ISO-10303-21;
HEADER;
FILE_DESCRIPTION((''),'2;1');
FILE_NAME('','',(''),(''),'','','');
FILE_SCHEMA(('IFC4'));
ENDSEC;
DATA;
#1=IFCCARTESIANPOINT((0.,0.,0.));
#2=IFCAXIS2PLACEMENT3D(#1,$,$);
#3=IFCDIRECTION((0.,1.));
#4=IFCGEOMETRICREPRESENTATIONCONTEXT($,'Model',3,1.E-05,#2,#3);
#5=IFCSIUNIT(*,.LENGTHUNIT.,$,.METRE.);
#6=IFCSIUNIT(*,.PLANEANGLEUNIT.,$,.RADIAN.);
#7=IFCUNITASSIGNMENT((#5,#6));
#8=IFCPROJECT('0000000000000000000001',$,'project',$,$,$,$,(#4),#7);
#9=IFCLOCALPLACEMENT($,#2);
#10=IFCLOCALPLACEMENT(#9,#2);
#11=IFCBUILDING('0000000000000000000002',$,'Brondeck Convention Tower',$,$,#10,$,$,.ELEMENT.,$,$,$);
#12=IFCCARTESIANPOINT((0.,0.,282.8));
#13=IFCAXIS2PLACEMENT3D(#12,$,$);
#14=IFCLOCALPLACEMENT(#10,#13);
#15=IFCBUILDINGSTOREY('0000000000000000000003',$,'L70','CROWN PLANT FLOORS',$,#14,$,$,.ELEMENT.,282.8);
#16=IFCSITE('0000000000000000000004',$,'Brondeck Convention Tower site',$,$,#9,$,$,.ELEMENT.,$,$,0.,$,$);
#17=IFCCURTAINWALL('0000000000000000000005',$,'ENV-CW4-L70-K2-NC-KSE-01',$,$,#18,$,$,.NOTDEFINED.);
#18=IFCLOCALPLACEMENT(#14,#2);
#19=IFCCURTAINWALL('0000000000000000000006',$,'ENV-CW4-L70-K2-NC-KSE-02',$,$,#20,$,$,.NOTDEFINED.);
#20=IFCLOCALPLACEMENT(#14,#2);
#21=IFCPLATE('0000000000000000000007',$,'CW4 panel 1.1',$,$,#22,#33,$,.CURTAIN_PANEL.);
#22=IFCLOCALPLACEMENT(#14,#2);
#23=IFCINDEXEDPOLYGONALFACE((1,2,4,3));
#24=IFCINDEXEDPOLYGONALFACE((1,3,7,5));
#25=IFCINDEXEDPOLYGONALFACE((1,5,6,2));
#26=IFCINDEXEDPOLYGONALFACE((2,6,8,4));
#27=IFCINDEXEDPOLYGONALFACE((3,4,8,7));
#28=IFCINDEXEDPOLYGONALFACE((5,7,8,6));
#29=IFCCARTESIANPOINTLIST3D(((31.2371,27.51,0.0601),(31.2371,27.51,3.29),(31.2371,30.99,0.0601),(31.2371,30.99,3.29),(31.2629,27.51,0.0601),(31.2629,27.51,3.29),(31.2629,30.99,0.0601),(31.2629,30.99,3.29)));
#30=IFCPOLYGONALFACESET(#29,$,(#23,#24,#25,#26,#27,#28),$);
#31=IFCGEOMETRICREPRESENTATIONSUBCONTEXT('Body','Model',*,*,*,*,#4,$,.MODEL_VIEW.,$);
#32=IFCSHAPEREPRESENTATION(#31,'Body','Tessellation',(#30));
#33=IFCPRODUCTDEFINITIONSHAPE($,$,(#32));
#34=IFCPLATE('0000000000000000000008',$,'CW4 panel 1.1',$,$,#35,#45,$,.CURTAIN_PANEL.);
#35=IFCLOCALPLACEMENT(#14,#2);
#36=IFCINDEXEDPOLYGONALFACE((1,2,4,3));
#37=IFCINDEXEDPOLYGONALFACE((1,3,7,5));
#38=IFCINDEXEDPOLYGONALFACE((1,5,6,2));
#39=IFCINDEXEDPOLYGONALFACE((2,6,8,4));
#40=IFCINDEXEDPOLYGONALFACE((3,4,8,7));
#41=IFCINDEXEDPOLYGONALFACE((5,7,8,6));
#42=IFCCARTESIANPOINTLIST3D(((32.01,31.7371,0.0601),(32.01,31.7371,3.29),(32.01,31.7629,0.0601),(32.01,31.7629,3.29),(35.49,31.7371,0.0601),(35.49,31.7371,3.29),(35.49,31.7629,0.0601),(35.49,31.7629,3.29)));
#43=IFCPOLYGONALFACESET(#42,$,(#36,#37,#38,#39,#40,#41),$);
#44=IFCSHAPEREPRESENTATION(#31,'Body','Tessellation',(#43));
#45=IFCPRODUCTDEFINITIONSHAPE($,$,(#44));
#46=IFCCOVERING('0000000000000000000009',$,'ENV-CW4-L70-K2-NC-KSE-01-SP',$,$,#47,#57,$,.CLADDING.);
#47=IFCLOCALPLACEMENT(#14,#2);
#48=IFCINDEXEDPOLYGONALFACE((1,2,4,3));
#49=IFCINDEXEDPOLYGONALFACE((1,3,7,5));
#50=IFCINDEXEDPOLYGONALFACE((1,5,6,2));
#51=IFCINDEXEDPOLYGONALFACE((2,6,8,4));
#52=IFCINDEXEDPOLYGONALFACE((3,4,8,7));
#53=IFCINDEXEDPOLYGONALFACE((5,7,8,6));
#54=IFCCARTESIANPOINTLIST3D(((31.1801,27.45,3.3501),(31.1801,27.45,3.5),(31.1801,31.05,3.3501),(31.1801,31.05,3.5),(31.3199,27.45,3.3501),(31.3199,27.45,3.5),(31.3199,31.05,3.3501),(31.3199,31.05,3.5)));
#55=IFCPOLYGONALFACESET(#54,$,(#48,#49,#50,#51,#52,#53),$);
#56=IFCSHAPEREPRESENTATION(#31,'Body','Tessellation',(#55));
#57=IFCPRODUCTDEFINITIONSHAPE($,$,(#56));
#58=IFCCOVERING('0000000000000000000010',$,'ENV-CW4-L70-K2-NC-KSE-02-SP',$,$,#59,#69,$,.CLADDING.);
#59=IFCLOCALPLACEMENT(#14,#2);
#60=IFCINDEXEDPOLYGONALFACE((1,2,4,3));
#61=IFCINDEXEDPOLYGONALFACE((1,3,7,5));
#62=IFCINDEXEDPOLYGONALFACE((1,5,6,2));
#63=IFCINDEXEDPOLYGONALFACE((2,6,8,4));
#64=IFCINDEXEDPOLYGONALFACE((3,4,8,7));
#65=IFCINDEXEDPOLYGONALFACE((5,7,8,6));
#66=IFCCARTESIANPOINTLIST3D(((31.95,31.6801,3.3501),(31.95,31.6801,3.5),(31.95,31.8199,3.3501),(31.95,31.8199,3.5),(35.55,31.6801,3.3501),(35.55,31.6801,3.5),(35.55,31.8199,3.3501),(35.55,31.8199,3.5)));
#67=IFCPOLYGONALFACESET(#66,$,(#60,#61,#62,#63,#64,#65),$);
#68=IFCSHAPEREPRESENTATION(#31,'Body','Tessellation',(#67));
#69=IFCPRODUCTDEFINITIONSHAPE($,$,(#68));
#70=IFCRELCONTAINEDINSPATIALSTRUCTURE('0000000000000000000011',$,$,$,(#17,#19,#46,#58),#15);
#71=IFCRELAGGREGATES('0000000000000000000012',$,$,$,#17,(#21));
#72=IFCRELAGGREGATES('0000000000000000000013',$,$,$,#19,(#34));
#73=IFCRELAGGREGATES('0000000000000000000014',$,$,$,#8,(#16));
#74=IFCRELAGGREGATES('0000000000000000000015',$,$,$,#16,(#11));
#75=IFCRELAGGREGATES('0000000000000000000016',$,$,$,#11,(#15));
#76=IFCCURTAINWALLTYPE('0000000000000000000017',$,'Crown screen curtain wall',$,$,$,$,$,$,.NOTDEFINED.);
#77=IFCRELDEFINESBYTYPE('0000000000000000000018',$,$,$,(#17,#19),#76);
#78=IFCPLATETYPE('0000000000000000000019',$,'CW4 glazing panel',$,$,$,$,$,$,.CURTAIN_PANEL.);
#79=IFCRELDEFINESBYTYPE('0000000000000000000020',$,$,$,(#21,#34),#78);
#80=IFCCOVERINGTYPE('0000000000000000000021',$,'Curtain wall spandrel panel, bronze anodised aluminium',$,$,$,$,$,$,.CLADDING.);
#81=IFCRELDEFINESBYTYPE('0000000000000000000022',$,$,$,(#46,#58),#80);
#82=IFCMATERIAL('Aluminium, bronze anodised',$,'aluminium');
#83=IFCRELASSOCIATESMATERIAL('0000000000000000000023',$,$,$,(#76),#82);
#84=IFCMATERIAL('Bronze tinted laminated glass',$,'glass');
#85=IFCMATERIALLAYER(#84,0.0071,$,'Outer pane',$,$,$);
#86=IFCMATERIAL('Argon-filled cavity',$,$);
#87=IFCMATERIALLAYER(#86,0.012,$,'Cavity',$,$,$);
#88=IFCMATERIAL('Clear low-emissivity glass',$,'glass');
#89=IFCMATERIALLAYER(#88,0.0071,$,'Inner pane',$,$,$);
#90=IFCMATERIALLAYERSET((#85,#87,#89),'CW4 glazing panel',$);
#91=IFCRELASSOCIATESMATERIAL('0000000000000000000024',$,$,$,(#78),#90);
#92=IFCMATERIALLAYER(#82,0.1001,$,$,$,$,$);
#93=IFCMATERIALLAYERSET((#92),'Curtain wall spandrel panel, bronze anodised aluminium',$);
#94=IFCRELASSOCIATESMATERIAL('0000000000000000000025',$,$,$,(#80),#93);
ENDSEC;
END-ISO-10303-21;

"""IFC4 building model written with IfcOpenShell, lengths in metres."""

from ifc_helpers import new_model, si_unit, direction, frame, origin, origin_2d, place, context, subcontext, project, spatial, rectangle, extrude, material, layer, layer_set, type_object, element, aggregate, save


model = new_model("IFC4")

# Units and contexts
model_context = context("Model", 3, precision=1e-05, world=origin(), true_north=direction((0.0, 1.0)))
body_context = subcontext(model_context, "Body", "Model", "MODEL_VIEW")
ifc_project = project(units=[si_unit("LENGTHUNIT", "METRE"), si_unit("PLANEANGLEUNIT", "RADIAN")], contexts=[model_context])

# Site, building, storey
site_placement = place(None, origin())
site = spatial("IfcSite", under=ifc_project, at=site_placement, Name="Brondeck Convention Tower site", CompositionType="ELEMENT", RefElevation=0.0)
building_placement = place(site_placement, origin())
building = spatial("IfcBuilding", under=site, at=building_placement, Name="Brondeck Convention Tower", CompositionType="ELEMENT")
storey_placement = place(building_placement, frame((0.0, 0.0, 282.8)))
storey = spatial("IfcBuildingStorey", under=building, at=storey_placement, Name="L70", Description="CROWN PLANT FLOORS", CompositionType="ELEMENT", Elevation=282.8)

# Shared definitions
ifc_material_1 = material(Name="Aluminium, bronze anodised", Category="aluminium")
curtain_wall_type = type_object("IfcCurtainWallType", Name="Crown screen curtain wall", PredefinedType="NOTDEFINED", material=ifc_material_1)

# Curtain wall
curtain_wall_1_placement = place(storey_placement, origin())
curtain_wall_1 = element("IfcCurtainWall", 1, at=curtain_wall_1_placement, inside=storey, type_object=curtain_wall_type, Name="ENV-CW4-L70-K2-NC-KSE-01", PredefinedType="NOTDEFINED")

# Curtain wall
curtain_wall_2_placement = place(storey_placement, origin())
curtain_wall_2 = element("IfcCurtainWall", 2, at=curtain_wall_2_placement, inside=storey, type_object=curtain_wall_type, Name="ENV-CW4-L70-K2-NC-KSE-02", PredefinedType="NOTDEFINED")

# Plates
ifc_material_2 = material(Name="Bronze tinted laminated glass", Category="glass")
ifc_layer_1 = layer(ifc_material_2, 0.0071, Name="Outer pane")
ifc_material_3 = material(Name="Argon-filled cavity")
ifc_layer_2 = layer(ifc_material_3, 0.012, Name="Cavity")
ifc_material_4 = material(Name="Clear low-emissivity glass", Category="glass")
ifc_layer_3 = layer(ifc_material_4, 0.0071, Name="Inner pane")
ifc_layer_set_1 = layer_set([ifc_layer_1, ifc_layer_2, ifc_layer_3], Name="CW4 glazing panel")
plate_type = type_object("IfcPlateType", Name="CW4 glazing panel", PredefinedType="CURTAIN_PANEL", material=ifc_layer_set_1)
plate_1_placement = place(storey_placement, frame((31.25, 29.25, 0.0601), z_axis=(0.0, 0.0, 1.0), x_axis=(0.0, -1.0, 0.0)))
plate_1 = element("IfcPlate", 3, at=plate_1_placement, type_object=plate_type, Name="CW4 panel 1.1", PredefinedType="CURTAIN_PANEL", context=body_context, shape_type="SweptSolid", body=[
    extrude(rectangle(XDim=3.48, YDim=0.0259, at=origin_2d()), origin(), (0.0, 0.0, 1.0), 3.23),
])
aggregate(curtain_wall_1, [plate_1])
plate_2_placement = place(storey_placement, frame((33.75, 31.75, 0.0601), z_axis=(0.0, 0.0, 1.0), x_axis=(-1.0, 0.0, 0.0)))
plate_2 = element("IfcPlate", 4, at=plate_2_placement, type_object=plate_type, Name="CW4 panel 1.1", PredefinedType="CURTAIN_PANEL", context=body_context, shape_type="SweptSolid", body=[
    extrude(rectangle(XDim=3.48, YDim=0.0259, at=origin_2d()), origin(), (0.0, 0.0, 1.0), 3.23),
])
aggregate(curtain_wall_2, [plate_2])

# Coverings
ifc_layer_4 = layer(ifc_material_1, 0.1001)
ifc_layer_set_2 = layer_set([ifc_layer_4], Name="Curtain wall spandrel panel, bronze anodised aluminium")
covering_type = type_object("IfcCoveringType", Name="Curtain wall spandrel panel, bronze anodised aluminium", PredefinedType="CLADDING", material=ifc_layer_set_2)
for number, where, z_axis, x_axis, name in (
    (5, (31.25, 29.25, 3.3501), (0.0, 0.0, 1.0), (0.0, -1.0, 0.0), "ENV-CW4-L70-K2-NC-KSE-01-SP"),
    (6, (33.75, 31.75, 3.3501), (0.0, 0.0, 1.0), (-1.0, 0.0, 0.0), "ENV-CW4-L70-K2-NC-KSE-02-SP"),
):
    element("IfcCovering", number, at=place(storey_placement, frame(where, z_axis=z_axis, x_axis=x_axis)), inside=storey, type_object=covering_type, Name=name, PredefinedType="CLADDING", context=body_context, shape_type="SweptSolid", body=[
        extrude(rectangle(XDim=3.6001, YDim=0.1399, at=origin_2d()), origin(), (0.0, 0.0, 1.0), 0.1499),
    ])

save(model, "model.ifc")
